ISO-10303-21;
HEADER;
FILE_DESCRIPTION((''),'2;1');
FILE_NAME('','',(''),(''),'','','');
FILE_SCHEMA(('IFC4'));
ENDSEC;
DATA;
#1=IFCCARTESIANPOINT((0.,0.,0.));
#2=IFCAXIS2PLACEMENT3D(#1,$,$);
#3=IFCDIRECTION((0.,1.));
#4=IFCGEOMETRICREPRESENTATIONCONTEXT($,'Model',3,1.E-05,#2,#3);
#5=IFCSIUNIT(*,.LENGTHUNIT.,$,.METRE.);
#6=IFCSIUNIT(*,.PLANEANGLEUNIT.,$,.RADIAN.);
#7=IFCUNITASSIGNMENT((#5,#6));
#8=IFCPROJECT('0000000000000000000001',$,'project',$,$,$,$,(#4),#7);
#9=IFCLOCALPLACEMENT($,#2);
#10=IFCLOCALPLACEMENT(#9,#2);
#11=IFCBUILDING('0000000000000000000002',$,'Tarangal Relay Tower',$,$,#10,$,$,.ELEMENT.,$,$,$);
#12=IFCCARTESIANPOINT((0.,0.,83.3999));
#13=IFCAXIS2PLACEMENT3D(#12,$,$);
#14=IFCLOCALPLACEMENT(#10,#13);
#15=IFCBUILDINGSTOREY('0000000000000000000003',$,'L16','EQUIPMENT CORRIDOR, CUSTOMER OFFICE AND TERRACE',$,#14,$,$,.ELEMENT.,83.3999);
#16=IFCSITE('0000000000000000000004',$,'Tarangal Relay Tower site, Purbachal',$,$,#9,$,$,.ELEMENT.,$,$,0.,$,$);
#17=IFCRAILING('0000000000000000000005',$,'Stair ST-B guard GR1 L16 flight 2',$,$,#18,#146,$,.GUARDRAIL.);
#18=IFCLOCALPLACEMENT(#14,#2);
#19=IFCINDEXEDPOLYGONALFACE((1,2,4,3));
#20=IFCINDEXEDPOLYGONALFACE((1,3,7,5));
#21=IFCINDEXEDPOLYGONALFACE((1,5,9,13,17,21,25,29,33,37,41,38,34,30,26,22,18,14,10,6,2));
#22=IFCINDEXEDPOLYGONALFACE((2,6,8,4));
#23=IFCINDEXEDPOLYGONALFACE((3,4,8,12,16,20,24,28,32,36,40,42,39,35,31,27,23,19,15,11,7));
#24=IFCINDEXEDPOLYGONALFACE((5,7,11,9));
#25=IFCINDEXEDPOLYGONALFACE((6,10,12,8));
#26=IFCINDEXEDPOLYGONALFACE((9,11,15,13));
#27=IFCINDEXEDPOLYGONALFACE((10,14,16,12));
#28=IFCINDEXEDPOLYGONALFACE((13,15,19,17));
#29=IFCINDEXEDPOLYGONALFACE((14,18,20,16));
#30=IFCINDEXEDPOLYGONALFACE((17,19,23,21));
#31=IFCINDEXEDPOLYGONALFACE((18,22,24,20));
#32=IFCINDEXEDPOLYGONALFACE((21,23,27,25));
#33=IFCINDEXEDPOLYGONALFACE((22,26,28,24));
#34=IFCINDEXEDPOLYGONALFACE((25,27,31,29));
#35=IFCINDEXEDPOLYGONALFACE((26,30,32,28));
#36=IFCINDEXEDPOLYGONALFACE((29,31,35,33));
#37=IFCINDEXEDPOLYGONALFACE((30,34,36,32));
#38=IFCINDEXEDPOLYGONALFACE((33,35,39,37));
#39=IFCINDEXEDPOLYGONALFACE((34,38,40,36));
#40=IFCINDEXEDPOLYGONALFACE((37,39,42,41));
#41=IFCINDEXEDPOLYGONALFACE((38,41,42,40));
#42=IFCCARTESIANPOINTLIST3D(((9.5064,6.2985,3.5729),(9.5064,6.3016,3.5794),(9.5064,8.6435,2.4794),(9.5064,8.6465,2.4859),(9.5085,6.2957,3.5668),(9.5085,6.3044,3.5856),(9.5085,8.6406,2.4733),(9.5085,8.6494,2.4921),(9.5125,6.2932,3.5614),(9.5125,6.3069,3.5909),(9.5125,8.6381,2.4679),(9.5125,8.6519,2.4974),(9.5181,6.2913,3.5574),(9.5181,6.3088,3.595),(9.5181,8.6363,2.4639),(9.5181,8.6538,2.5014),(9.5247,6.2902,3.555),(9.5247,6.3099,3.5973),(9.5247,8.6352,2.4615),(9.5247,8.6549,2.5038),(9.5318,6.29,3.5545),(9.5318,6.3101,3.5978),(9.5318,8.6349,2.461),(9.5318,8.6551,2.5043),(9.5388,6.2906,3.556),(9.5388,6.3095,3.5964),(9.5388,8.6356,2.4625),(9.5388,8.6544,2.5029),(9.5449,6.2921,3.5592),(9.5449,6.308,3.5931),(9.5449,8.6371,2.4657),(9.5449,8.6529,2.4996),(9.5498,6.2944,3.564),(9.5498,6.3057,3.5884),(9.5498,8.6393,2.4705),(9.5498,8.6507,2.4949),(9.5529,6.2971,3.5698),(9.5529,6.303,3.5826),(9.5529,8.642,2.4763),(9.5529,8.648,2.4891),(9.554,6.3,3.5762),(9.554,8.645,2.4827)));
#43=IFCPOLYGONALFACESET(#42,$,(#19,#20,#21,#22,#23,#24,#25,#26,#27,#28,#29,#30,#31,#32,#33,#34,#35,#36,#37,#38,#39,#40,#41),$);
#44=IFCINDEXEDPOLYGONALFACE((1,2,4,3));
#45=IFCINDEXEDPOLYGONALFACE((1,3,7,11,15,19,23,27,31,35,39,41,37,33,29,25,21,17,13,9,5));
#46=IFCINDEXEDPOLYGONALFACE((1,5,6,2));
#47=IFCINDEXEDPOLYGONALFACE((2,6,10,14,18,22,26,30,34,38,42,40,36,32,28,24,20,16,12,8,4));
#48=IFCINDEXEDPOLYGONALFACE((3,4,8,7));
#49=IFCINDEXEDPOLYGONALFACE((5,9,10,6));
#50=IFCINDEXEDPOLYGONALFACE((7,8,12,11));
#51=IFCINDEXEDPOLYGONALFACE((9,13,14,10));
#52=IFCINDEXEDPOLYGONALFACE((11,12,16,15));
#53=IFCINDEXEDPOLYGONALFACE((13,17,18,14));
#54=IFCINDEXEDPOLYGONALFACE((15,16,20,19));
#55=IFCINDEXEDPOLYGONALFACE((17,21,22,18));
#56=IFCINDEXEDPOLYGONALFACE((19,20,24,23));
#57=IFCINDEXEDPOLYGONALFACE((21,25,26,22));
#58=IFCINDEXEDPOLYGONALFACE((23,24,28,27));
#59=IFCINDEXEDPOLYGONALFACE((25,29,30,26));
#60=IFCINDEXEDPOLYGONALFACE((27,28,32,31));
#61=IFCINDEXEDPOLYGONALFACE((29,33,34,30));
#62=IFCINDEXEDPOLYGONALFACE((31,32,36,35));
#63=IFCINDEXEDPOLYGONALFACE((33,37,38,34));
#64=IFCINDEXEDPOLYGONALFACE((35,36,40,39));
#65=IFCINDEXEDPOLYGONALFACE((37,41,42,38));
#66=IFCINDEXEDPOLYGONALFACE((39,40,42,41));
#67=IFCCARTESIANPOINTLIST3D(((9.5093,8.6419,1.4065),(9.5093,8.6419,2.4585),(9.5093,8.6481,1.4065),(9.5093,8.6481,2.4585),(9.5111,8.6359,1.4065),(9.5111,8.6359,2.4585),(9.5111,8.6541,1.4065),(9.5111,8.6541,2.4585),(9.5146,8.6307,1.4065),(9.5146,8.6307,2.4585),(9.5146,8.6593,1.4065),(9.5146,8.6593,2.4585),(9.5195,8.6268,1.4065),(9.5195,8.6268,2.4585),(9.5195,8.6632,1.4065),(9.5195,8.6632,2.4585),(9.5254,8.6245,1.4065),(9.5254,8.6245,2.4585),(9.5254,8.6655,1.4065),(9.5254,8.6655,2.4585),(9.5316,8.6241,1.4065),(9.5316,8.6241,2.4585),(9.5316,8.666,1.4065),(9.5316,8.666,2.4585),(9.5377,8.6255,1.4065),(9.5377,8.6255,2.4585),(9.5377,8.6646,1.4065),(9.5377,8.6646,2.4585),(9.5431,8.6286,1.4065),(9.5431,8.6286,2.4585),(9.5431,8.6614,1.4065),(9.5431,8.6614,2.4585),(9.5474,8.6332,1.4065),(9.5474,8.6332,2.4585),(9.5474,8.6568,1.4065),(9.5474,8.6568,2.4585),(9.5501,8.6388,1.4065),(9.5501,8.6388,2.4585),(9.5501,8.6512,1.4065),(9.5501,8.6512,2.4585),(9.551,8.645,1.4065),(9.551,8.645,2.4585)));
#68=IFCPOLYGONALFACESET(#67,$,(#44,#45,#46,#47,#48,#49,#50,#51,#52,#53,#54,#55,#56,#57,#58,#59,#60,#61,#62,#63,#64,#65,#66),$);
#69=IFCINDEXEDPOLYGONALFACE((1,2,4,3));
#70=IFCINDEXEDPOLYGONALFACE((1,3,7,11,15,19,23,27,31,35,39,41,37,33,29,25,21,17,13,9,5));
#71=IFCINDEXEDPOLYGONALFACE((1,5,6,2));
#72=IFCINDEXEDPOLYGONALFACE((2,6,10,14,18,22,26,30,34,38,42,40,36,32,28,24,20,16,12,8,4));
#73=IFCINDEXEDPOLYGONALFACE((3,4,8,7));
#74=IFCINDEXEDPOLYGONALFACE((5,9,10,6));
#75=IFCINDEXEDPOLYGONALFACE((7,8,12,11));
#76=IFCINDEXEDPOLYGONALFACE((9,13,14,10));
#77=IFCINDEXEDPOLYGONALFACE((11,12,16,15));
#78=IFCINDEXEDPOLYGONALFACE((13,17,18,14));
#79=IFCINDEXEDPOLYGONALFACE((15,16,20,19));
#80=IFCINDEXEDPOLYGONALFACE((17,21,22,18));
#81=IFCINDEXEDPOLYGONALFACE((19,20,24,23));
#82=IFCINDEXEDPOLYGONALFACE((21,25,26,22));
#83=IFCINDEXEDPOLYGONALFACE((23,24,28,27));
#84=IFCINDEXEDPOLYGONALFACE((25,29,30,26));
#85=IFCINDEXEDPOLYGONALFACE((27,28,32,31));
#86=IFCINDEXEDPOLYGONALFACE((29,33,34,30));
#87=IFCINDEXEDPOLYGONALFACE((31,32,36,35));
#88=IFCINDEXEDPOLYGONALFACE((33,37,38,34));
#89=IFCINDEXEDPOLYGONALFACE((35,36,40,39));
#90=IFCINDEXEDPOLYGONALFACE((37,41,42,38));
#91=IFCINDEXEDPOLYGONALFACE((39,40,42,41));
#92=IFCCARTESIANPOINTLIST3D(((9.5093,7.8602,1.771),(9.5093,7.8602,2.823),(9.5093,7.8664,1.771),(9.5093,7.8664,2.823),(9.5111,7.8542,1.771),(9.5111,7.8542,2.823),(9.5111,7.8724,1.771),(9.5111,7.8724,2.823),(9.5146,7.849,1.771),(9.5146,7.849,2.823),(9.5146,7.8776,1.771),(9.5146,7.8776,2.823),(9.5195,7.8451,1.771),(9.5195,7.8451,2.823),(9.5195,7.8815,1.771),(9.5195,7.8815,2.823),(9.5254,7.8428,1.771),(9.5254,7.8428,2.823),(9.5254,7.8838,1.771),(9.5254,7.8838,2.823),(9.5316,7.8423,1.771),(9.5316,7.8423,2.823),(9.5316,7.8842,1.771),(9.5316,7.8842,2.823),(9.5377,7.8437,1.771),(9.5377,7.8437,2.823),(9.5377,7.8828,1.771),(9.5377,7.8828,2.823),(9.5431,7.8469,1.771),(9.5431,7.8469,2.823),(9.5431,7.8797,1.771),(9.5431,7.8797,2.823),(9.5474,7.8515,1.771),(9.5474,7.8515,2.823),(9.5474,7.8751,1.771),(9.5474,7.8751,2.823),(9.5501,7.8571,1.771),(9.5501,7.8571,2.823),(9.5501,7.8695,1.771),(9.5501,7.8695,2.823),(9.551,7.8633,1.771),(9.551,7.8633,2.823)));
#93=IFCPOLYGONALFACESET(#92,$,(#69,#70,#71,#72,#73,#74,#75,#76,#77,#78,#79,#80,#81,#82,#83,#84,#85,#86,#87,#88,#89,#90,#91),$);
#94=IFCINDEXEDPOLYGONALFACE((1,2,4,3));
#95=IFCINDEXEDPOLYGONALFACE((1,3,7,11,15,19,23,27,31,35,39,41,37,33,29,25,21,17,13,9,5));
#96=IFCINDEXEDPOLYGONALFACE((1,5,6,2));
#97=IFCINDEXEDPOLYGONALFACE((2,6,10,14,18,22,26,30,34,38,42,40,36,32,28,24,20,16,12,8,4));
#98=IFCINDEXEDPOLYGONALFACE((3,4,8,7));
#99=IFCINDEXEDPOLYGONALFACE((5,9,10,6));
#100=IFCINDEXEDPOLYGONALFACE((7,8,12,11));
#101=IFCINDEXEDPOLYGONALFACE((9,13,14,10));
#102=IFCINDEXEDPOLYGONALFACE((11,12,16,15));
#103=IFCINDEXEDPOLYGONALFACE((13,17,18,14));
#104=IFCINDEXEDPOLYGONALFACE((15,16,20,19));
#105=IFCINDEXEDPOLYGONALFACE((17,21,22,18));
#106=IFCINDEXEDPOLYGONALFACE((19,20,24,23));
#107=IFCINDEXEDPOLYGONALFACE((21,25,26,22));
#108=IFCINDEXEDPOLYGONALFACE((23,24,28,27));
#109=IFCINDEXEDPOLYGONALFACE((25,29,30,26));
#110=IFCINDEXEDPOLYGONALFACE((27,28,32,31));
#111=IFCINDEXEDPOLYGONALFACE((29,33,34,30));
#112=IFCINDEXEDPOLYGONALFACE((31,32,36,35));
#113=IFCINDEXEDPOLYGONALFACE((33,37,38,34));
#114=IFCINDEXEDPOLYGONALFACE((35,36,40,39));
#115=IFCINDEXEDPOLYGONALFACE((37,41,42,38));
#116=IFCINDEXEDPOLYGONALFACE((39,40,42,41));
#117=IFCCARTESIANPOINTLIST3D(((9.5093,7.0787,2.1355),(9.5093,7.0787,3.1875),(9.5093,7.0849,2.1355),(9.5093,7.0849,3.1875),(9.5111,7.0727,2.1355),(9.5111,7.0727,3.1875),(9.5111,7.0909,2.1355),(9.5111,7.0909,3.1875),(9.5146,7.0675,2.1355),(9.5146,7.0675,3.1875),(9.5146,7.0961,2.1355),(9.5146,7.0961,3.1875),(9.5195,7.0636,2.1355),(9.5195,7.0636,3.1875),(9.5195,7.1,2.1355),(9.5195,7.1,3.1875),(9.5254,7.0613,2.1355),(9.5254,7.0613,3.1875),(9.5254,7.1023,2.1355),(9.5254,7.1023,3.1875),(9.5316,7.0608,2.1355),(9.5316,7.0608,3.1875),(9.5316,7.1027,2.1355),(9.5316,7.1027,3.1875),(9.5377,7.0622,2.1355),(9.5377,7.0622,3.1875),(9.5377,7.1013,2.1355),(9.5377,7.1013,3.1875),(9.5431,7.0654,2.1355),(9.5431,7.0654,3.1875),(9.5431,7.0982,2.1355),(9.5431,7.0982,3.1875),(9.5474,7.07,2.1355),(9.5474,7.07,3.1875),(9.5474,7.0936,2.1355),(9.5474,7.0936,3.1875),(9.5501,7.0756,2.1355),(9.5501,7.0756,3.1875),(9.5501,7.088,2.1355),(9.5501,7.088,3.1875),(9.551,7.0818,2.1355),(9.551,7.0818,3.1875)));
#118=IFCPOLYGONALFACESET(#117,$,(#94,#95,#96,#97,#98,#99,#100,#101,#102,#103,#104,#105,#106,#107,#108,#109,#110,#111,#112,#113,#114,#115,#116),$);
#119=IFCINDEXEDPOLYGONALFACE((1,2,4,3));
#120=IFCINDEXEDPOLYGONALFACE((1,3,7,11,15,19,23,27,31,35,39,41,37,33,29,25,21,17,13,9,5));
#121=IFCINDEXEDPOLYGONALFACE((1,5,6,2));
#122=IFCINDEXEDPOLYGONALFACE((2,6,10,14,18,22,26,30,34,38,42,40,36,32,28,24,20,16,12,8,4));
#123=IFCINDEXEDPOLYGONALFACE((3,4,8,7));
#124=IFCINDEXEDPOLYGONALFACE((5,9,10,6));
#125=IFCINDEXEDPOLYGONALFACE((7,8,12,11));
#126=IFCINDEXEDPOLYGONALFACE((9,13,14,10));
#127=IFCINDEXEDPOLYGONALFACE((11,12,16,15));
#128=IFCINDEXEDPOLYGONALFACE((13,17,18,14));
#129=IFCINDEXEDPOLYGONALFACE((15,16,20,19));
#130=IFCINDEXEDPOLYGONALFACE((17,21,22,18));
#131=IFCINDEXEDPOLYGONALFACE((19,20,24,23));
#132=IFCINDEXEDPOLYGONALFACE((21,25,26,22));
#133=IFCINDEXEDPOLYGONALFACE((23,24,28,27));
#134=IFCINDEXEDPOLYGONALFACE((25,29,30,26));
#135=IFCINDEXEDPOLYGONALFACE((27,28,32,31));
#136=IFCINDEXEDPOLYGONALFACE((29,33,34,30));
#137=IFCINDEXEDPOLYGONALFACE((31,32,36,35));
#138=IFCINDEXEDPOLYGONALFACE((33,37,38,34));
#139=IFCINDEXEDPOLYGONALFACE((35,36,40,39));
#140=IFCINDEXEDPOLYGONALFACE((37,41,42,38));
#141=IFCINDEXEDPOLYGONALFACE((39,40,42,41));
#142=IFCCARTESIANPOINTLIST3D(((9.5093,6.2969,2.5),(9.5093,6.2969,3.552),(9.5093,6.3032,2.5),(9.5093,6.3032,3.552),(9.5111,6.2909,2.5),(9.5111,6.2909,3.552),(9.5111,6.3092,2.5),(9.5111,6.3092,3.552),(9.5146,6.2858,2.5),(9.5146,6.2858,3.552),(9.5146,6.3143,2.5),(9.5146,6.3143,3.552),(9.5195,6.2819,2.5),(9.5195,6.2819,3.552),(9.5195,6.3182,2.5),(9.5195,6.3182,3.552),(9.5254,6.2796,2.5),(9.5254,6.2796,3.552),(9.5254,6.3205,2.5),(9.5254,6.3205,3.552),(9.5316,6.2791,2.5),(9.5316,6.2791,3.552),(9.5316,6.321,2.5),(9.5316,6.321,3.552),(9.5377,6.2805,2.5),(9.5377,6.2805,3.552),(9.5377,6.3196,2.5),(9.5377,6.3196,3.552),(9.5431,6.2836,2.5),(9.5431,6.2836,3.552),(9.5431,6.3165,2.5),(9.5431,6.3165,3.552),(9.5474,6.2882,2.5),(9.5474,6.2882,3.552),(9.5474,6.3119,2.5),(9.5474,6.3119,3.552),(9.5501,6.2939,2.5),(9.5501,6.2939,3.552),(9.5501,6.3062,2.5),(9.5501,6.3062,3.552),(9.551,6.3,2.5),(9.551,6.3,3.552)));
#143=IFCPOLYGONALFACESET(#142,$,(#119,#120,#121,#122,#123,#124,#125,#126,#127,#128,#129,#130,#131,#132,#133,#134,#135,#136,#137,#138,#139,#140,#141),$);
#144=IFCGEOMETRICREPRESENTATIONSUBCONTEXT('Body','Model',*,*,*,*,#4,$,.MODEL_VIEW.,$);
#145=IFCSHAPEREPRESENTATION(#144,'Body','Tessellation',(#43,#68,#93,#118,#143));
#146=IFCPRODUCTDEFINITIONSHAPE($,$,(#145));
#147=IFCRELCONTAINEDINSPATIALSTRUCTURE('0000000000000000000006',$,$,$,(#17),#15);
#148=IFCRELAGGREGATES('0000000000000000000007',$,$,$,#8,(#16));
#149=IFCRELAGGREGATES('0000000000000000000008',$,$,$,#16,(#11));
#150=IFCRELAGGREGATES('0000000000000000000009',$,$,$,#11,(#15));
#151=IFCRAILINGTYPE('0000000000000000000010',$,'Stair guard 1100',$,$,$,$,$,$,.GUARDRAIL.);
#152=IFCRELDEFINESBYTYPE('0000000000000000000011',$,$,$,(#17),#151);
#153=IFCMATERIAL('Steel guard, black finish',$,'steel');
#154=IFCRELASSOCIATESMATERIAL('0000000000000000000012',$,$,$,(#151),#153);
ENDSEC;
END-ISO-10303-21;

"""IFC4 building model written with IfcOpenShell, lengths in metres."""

from ifc_helpers import new_model, si_unit, direction, frame, origin, origin_2d, place, context, subcontext, project, spatial, circle, extrude, material, type_object, element, save


model = new_model("IFC4")

# Units and contexts
model_context = context("Model", 3, precision=1e-05, world=origin(), true_north=direction((0.0, 1.0)))
body_context = subcontext(model_context, "Body", "Model", "MODEL_VIEW")
ifc_project = project(units=[si_unit("LENGTHUNIT", "METRE"), si_unit("PLANEANGLEUNIT", "RADIAN")], contexts=[model_context])

# Site, building, storey
site_placement = place(None, origin())
site = spatial("IfcSite", under=ifc_project, at=site_placement, Name="Tarangal Relay Tower site, Purbachal", CompositionType="ELEMENT", RefElevation=0.0)
building_placement = place(site_placement, origin())
building = spatial("IfcBuilding", under=site, at=building_placement, Name="Tarangal Relay Tower", CompositionType="ELEMENT")
storey_placement = place(building_placement, frame((0.0, 0.0, 83.3999)))
storey = spatial("IfcBuildingStorey", under=building, at=storey_placement, Name="L16", Description="EQUIPMENT CORRIDOR, CUSTOMER OFFICE AND TERRACE", CompositionType="ELEMENT", Elevation=83.3999)

# Railing
ifc_material_1 = material(Name="Steel guard, black finish", Category="steel")
railing_type_1 = type_object("IfcRailingType", Name="Stair guard 1100", PredefinedType="GUARDRAIL", material=ifc_material_1)
railing_1_placement = place(storey_placement, frame((9.53, 8.645, 1.4065)))
element("IfcRailing", 1, at=railing_1_placement, inside=storey, type_object=railing_type_1, Name="Stair ST-B guard GR1 L16 flight 2", PredefinedType="GUARDRAIL", context=body_context, shape_type="SweptSolid", body=[
    extrude(circle(Radius=0.0239, at=origin_2d()), frame((0.0, 0.0, 1.0762), z_axis=(0.0, -0.906304, 0.422627), x_axis=(1.0, 0.0, 0.0)), (0.0, 0.0, 1.0), 2.5874),
    extrude(circle(Radius=0.021, at=origin_2d()), origin(), (0.0, 0.0, 1.0), 1.052),
    extrude(circle(Radius=0.021, at=origin_2d()), frame((0.0, -0.7817, 0.3645)), (0.0, 0.0, 1.0), 1.052),
    extrude(circle(Radius=0.021, at=origin_2d()), frame((0.0, -1.5632, 0.729)), (0.0, 0.0, 1.0), 1.052),
    extrude(circle(Radius=0.021, at=origin_2d()), frame((0.0, -2.345, 1.0935)), (0.0, 0.0, 1.0), 1.052),
])

save(model, "model.ifc")
